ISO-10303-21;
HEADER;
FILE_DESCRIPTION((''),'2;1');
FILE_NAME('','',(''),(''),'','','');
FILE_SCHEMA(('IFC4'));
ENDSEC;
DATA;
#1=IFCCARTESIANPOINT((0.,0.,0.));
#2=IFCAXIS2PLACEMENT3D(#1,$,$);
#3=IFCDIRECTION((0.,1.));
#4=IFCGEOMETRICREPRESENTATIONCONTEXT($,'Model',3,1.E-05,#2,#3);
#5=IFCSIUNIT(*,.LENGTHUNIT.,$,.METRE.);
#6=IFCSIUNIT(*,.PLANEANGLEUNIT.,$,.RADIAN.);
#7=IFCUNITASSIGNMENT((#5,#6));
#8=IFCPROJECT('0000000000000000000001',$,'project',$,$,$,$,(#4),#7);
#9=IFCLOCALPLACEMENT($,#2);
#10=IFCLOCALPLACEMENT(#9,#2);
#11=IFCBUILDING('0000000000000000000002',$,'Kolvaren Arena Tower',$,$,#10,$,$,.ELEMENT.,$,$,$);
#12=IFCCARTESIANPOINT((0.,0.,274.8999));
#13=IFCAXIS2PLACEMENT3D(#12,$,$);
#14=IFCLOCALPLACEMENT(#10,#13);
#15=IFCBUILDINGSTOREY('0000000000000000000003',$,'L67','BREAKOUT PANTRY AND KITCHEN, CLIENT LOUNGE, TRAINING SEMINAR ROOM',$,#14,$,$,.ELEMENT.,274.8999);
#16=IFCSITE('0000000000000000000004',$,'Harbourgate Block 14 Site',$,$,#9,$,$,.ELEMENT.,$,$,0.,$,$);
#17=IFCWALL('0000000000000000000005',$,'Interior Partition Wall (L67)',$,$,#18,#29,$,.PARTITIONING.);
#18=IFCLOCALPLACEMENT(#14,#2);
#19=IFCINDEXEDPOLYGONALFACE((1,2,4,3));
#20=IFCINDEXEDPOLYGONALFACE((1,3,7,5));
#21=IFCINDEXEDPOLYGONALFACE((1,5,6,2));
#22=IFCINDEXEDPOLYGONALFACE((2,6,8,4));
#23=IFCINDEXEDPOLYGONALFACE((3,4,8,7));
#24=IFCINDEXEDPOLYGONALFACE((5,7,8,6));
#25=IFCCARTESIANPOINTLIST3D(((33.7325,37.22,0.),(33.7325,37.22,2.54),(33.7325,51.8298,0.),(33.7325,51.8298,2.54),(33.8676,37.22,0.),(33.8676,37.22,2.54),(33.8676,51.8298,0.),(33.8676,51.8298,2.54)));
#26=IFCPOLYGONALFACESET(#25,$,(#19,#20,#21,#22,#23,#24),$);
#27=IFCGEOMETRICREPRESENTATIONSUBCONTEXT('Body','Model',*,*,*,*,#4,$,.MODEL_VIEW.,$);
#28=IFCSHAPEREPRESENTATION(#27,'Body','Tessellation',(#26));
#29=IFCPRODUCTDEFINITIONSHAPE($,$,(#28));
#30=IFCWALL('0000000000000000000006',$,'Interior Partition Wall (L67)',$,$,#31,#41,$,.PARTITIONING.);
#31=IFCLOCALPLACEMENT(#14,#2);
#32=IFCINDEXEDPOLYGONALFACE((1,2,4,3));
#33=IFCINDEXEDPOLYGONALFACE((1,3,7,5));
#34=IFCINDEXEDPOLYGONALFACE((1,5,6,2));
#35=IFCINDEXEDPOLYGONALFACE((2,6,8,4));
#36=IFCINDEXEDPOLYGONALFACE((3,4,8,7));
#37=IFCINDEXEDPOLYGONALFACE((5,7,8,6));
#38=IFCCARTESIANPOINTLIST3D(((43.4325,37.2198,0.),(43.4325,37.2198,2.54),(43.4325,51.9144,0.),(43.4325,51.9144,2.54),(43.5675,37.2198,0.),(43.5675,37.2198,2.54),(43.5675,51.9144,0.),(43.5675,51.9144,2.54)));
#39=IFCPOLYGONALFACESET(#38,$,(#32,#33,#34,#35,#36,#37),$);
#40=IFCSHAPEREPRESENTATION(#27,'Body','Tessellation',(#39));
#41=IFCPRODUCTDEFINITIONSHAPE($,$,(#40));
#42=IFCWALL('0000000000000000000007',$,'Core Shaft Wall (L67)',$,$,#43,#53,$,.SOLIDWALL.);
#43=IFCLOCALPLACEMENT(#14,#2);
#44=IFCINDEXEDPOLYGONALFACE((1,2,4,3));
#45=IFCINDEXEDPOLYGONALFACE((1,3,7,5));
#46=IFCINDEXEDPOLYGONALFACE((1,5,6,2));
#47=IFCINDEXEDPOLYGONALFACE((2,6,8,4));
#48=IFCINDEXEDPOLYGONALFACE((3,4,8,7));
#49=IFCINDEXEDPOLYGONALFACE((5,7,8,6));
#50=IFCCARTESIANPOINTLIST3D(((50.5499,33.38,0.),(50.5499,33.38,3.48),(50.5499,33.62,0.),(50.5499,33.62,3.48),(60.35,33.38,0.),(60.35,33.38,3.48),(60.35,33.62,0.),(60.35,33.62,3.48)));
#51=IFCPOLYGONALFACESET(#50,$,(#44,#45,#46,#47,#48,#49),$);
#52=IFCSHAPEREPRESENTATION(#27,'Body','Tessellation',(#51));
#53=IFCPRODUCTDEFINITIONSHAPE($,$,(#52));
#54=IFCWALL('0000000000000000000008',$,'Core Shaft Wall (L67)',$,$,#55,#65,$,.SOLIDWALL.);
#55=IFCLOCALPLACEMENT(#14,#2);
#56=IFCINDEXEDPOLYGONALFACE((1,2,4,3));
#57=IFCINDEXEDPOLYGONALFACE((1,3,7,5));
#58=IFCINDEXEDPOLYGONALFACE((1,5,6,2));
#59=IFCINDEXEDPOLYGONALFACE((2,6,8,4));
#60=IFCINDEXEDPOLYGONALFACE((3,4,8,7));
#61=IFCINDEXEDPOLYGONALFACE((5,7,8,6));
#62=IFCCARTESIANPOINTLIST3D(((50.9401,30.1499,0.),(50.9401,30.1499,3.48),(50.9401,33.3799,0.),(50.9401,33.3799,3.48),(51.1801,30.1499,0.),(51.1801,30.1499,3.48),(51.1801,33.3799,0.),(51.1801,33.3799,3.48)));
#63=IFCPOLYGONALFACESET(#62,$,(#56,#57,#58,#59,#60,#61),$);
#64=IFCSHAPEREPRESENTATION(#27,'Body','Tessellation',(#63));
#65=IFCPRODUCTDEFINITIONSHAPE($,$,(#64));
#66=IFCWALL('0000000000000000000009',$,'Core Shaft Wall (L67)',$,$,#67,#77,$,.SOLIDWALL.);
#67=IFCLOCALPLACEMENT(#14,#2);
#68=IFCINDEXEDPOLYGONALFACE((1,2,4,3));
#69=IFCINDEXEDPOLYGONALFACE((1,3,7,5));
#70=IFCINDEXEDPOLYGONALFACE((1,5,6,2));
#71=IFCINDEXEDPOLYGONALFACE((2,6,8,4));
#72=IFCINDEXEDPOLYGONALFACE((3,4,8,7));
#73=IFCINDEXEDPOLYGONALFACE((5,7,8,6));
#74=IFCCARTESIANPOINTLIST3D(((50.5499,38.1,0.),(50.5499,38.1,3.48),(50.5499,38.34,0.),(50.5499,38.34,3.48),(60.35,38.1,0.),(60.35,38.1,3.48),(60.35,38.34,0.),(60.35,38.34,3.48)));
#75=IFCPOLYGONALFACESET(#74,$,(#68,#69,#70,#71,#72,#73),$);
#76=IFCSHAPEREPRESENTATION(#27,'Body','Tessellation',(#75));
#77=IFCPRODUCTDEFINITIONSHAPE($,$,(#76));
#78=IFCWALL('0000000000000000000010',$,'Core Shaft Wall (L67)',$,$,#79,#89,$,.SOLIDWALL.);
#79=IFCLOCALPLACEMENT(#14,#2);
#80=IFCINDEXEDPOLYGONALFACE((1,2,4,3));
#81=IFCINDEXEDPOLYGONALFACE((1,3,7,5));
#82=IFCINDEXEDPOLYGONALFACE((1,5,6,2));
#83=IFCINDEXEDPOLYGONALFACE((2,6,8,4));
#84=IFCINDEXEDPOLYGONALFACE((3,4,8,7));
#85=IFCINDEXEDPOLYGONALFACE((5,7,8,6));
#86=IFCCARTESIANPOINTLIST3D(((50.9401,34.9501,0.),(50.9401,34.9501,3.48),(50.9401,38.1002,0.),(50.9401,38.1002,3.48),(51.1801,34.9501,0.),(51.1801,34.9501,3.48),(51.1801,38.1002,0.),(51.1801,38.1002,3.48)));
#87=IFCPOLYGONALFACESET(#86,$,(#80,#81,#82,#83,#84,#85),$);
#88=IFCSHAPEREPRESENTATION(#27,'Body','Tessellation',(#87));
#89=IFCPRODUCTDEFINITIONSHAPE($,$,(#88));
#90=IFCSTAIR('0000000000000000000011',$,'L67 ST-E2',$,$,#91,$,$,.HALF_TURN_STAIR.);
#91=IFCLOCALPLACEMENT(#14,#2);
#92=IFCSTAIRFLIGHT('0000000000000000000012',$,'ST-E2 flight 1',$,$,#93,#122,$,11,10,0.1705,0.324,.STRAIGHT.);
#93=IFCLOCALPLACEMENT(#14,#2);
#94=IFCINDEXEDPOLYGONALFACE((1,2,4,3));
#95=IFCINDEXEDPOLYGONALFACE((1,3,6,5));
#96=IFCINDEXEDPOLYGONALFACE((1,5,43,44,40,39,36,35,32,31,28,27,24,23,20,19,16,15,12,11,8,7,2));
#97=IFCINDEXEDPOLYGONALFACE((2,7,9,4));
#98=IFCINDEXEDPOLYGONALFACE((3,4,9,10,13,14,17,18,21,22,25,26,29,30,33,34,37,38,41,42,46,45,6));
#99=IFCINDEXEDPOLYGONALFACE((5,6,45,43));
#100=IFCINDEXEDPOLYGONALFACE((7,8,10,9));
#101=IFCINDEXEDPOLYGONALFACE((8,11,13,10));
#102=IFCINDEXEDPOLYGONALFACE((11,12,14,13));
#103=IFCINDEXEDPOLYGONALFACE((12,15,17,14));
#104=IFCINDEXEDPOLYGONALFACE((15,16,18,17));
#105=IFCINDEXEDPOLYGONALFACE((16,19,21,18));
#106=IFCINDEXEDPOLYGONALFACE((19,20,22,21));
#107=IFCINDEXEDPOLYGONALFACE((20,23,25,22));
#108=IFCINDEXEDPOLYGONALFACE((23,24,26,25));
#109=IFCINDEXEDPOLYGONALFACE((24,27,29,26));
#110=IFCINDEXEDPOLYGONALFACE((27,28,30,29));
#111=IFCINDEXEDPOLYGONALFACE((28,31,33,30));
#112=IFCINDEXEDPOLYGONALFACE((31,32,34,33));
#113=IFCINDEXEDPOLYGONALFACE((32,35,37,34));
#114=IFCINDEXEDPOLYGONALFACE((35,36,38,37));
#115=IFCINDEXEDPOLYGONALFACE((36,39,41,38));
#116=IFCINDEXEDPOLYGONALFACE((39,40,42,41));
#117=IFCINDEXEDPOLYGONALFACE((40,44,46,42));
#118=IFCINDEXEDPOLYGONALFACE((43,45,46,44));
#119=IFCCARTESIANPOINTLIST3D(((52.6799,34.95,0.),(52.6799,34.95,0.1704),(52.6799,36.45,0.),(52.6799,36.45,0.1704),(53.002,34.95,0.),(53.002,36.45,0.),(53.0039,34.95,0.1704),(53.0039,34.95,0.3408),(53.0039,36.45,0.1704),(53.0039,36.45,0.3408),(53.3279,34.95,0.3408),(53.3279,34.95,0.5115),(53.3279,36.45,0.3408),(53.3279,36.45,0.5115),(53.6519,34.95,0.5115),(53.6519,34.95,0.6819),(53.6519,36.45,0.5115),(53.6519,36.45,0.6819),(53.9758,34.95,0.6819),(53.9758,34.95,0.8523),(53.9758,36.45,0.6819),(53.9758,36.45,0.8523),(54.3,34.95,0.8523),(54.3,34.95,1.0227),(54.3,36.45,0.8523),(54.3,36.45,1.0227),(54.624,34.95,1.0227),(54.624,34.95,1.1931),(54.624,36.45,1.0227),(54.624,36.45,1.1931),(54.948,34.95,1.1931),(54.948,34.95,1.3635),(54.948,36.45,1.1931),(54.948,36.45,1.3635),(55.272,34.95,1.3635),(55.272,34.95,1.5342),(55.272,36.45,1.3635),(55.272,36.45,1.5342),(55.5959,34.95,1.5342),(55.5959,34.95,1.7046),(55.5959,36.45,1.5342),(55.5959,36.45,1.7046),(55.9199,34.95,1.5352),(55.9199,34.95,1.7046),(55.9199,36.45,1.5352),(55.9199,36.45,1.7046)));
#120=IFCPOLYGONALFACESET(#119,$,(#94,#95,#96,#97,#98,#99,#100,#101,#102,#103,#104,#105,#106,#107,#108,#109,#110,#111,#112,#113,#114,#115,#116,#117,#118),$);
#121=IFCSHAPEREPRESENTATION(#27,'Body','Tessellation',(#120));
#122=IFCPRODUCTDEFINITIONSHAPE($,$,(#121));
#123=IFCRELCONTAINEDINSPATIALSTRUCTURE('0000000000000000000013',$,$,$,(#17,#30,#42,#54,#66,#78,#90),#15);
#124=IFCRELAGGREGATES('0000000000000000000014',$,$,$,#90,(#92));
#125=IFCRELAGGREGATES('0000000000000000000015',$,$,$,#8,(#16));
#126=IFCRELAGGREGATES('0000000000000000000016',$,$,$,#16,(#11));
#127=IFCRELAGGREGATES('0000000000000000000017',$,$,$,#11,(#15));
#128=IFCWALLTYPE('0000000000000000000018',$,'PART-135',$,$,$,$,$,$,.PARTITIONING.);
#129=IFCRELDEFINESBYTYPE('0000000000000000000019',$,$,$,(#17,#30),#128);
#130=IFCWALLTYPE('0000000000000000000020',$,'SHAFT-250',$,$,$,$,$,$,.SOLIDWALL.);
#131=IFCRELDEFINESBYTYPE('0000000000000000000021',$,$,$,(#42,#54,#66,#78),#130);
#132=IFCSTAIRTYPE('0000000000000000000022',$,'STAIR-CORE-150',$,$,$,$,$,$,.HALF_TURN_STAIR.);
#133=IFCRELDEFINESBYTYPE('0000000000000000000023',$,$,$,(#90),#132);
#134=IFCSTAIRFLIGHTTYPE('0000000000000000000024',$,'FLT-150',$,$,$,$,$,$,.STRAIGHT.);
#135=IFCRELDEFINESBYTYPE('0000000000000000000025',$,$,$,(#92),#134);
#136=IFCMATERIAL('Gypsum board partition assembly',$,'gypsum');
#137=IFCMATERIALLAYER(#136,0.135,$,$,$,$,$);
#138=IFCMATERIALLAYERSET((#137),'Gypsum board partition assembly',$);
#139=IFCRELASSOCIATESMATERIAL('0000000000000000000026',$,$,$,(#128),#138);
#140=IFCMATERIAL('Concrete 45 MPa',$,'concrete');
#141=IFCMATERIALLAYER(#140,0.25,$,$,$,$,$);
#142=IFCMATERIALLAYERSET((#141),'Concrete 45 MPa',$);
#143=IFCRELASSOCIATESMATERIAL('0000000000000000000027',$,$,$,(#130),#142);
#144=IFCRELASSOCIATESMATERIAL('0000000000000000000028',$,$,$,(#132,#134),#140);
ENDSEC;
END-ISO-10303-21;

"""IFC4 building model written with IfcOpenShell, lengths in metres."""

from ifc_helpers import new_model, si_unit, direction, frame, frame_2d, origin, place, context, subcontext, project, spatial, polyline, rectangle, outline, extrude, material, layer, layer_set, type_object, element, aggregate, save


model = new_model("IFC4")

# Units and contexts
model_context = context("Model", 3, precision=1e-05, world=origin(), true_north=direction((0.0, 1.0)))
body_context = subcontext(model_context, "Body", "Model", "MODEL_VIEW")
ifc_project = project(units=[si_unit("LENGTHUNIT", "METRE"), si_unit("PLANEANGLEUNIT", "RADIAN")], contexts=[model_context])

# Site, building, storey
site_placement = place(None, origin())
site = spatial("IfcSite", under=ifc_project, at=site_placement, Name="Harbourgate Block 14 Site", CompositionType="ELEMENT", RefElevation=0.0)
building_placement = place(site_placement, origin())
building = spatial("IfcBuilding", under=site, at=building_placement, Name="Kolvaren Arena Tower", CompositionType="ELEMENT")
storey_placement = place(building_placement, frame((0.0, 0.0, 274.8999)))
storey = spatial("IfcBuildingStorey", under=building, at=storey_placement, Name="L67", Description="BREAKOUT PANTRY AND KITCHEN, CLIENT LOUNGE, TRAINING SEMINAR ROOM", CompositionType="ELEMENT", Elevation=274.8999)

# Walls
ifc_material_1 = material(Name="Gypsum board partition assembly", Category="gypsum")
ifc_layer_1 = layer(ifc_material_1, 0.135)
ifc_layer_set_1 = layer_set([ifc_layer_1], Name="Gypsum board partition assembly")
wall_type_1 = type_object("IfcWallType", Name="PART-135", PredefinedType="PARTITIONING", material=ifc_layer_set_1)
wall_1_placement = place(storey_placement, frame((33.8, 37.22, 0.0), z_axis=(0.0, 0.0, 1.0), x_axis=(0.0, 1.0, 0.0)))
element("IfcWall", 1, at=wall_1_placement, inside=storey, type_object=wall_type_1, Name="Interior Partition Wall (L67)", PredefinedType="PARTITIONING", context=body_context, shape_type="SweptSolid", body=[
    extrude(rectangle(XDim=14.6099, YDim=0.135, at=frame_2d((7.3049, 0.0))), origin(), (0.0, 0.0, 1.0), 2.54),
])
wall_2_placement = place(storey_placement, frame((43.5, 37.22, 0.0), z_axis=(0.0, 0.0, 1.0), x_axis=(0.0, 1.0, 0.0)))
element("IfcWall", 2, at=wall_2_placement, inside=storey, type_object=wall_type_1, Name="Interior Partition Wall (L67)", PredefinedType="PARTITIONING", context=body_context, shape_type="SweptSolid", body=[
    extrude(rectangle(XDim=14.6946, YDim=0.135, at=frame_2d((7.3472, 0.0))), origin(), (0.0, 0.0, 1.0), 2.54),
])
ifc_material_2 = material(Name="Concrete 45 MPa", Category="concrete")
ifc_layer_2 = layer(ifc_material_2, 0.25)
ifc_layer_set_2 = layer_set([ifc_layer_2], Name="Concrete 45 MPa")
wall_type_2 = type_object("IfcWallType", Name="SHAFT-250", PredefinedType="SOLIDWALL", material=ifc_layer_set_2)
wall_3_placement = place(storey_placement, frame((50.55, 33.5, 0.0), z_axis=(0.0, 0.0, 1.0), x_axis=(1.0, 0.0, 0.0)))
element("IfcWall", 3, at=wall_3_placement, inside=storey, type_object=wall_type_2, Name="Core Shaft Wall (L67)", PredefinedType="SOLIDWALL", context=body_context, shape_type="SweptSolid", body=[
    extrude(rectangle(XDim=9.8, YDim=0.24, at=frame_2d((4.8999, 0.0))), origin(), (0.0, 0.0, 1.0), 3.48),
])
wall_4_placement = place(storey_placement, frame((51.0601, 30.1499, 0.0), z_axis=(0.0, 0.0, 1.0), x_axis=(0.0, 1.0, 0.0)))
element("IfcWall", 4, at=wall_4_placement, inside=storey, type_object=wall_type_2, Name="Core Shaft Wall (L67)", PredefinedType="SOLIDWALL", context=body_context, shape_type="SweptSolid", body=[
    extrude(rectangle(XDim=3.23, YDim=0.24, at=frame_2d((1.615, 0.0))), origin(), (0.0, 0.0, 1.0), 3.48),
])
wall_5_placement = place(storey_placement, frame((50.55, 38.22, 0.0), z_axis=(0.0, 0.0, 1.0), x_axis=(1.0, 0.0, 0.0)))
element("IfcWall", 5, at=wall_5_placement, inside=storey, type_object=wall_type_2, Name="Core Shaft Wall (L67)", PredefinedType="SOLIDWALL", context=body_context, shape_type="SweptSolid", body=[
    extrude(rectangle(XDim=9.8, YDim=0.24, at=frame_2d((4.8999, 0.0))), origin(), (0.0, 0.0, 1.0), 3.48),
])
wall_6_placement = place(storey_placement, frame((51.0601, 34.95, 0.0), z_axis=(0.0, 0.0, 1.0), x_axis=(0.0, 1.0, 0.0)))
element("IfcWall", 6, at=wall_6_placement, inside=storey, type_object=wall_type_2, Name="Core Shaft Wall (L67)", PredefinedType="SOLIDWALL", context=body_context, shape_type="SweptSolid", body=[
    extrude(rectangle(XDim=3.1501, YDim=0.24, at=frame_2d((1.5752, 0.0))), origin(), (0.0, 0.0, 1.0), 3.48),
])

# Stair, stair flight
stair_type = type_object("IfcStairType", Name="STAIR-CORE-150", PredefinedType="HALF_TURN_STAIR", material=ifc_material_2)
stair_placement = place(storey_placement, origin())
stair = element("IfcStair", 7, at=stair_placement, inside=storey, type_object=stair_type, Name="L67 ST-E2", PredefinedType="HALF_TURN_STAIR")
stair_flight_type = type_object("IfcStairFlightType", Name="FLT-150", PredefinedType="STRAIGHT", material=ifc_material_2)
stair_flight_placement = place(storey_placement, frame((52.6799, 35.7, 0.0), z_axis=(0.0, 0.0, 1.0), x_axis=(1.0, 0.0, 0.0)))
stair_flight = element("IfcStairFlight", 8, at=stair_flight_placement, type_object=stair_flight_type, Name="ST-E2 flight 1", NumberOfRisers=11, NumberOfTreads=10, PredefinedType="STRAIGHT", RiserHeight=0.1705, TreadLength=0.324, context=body_context, shape_type="SweptSolid", body=[
    extrude(outline(polyline([(0.0, 0.0), (0.0, 0.1704), (0.324, 0.1704), (0.324, 0.3408), (0.6479, 0.3408), (0.6479, 0.5115), (0.9719, 0.5115), (0.9719, 0.6819), (1.2959, 0.6819), (1.2959, 0.8523), (1.6201, 0.8523), (1.6201, 1.0227), (1.9441, 1.0227), (1.9441, 1.1931), (2.2681, 1.1931), (2.2681, 1.3635), (2.592, 1.3635), (2.592, 1.5342), (2.916, 1.5342), (2.916, 1.7046), (3.24, 1.7046), (3.24, 1.875), (3.24, 1.5352), (0.322, 0.0), (0.0, 0.0)])), frame((0.0, 0.75, 0.0), z_axis=(0.0, -1.0, 0.0), x_axis=(1.0, 0.0, 0.0)), (0.0, 0.0, 1.0), 1.5),
])
aggregate(stair, [stair_flight])

save(model, "model.ifc")
